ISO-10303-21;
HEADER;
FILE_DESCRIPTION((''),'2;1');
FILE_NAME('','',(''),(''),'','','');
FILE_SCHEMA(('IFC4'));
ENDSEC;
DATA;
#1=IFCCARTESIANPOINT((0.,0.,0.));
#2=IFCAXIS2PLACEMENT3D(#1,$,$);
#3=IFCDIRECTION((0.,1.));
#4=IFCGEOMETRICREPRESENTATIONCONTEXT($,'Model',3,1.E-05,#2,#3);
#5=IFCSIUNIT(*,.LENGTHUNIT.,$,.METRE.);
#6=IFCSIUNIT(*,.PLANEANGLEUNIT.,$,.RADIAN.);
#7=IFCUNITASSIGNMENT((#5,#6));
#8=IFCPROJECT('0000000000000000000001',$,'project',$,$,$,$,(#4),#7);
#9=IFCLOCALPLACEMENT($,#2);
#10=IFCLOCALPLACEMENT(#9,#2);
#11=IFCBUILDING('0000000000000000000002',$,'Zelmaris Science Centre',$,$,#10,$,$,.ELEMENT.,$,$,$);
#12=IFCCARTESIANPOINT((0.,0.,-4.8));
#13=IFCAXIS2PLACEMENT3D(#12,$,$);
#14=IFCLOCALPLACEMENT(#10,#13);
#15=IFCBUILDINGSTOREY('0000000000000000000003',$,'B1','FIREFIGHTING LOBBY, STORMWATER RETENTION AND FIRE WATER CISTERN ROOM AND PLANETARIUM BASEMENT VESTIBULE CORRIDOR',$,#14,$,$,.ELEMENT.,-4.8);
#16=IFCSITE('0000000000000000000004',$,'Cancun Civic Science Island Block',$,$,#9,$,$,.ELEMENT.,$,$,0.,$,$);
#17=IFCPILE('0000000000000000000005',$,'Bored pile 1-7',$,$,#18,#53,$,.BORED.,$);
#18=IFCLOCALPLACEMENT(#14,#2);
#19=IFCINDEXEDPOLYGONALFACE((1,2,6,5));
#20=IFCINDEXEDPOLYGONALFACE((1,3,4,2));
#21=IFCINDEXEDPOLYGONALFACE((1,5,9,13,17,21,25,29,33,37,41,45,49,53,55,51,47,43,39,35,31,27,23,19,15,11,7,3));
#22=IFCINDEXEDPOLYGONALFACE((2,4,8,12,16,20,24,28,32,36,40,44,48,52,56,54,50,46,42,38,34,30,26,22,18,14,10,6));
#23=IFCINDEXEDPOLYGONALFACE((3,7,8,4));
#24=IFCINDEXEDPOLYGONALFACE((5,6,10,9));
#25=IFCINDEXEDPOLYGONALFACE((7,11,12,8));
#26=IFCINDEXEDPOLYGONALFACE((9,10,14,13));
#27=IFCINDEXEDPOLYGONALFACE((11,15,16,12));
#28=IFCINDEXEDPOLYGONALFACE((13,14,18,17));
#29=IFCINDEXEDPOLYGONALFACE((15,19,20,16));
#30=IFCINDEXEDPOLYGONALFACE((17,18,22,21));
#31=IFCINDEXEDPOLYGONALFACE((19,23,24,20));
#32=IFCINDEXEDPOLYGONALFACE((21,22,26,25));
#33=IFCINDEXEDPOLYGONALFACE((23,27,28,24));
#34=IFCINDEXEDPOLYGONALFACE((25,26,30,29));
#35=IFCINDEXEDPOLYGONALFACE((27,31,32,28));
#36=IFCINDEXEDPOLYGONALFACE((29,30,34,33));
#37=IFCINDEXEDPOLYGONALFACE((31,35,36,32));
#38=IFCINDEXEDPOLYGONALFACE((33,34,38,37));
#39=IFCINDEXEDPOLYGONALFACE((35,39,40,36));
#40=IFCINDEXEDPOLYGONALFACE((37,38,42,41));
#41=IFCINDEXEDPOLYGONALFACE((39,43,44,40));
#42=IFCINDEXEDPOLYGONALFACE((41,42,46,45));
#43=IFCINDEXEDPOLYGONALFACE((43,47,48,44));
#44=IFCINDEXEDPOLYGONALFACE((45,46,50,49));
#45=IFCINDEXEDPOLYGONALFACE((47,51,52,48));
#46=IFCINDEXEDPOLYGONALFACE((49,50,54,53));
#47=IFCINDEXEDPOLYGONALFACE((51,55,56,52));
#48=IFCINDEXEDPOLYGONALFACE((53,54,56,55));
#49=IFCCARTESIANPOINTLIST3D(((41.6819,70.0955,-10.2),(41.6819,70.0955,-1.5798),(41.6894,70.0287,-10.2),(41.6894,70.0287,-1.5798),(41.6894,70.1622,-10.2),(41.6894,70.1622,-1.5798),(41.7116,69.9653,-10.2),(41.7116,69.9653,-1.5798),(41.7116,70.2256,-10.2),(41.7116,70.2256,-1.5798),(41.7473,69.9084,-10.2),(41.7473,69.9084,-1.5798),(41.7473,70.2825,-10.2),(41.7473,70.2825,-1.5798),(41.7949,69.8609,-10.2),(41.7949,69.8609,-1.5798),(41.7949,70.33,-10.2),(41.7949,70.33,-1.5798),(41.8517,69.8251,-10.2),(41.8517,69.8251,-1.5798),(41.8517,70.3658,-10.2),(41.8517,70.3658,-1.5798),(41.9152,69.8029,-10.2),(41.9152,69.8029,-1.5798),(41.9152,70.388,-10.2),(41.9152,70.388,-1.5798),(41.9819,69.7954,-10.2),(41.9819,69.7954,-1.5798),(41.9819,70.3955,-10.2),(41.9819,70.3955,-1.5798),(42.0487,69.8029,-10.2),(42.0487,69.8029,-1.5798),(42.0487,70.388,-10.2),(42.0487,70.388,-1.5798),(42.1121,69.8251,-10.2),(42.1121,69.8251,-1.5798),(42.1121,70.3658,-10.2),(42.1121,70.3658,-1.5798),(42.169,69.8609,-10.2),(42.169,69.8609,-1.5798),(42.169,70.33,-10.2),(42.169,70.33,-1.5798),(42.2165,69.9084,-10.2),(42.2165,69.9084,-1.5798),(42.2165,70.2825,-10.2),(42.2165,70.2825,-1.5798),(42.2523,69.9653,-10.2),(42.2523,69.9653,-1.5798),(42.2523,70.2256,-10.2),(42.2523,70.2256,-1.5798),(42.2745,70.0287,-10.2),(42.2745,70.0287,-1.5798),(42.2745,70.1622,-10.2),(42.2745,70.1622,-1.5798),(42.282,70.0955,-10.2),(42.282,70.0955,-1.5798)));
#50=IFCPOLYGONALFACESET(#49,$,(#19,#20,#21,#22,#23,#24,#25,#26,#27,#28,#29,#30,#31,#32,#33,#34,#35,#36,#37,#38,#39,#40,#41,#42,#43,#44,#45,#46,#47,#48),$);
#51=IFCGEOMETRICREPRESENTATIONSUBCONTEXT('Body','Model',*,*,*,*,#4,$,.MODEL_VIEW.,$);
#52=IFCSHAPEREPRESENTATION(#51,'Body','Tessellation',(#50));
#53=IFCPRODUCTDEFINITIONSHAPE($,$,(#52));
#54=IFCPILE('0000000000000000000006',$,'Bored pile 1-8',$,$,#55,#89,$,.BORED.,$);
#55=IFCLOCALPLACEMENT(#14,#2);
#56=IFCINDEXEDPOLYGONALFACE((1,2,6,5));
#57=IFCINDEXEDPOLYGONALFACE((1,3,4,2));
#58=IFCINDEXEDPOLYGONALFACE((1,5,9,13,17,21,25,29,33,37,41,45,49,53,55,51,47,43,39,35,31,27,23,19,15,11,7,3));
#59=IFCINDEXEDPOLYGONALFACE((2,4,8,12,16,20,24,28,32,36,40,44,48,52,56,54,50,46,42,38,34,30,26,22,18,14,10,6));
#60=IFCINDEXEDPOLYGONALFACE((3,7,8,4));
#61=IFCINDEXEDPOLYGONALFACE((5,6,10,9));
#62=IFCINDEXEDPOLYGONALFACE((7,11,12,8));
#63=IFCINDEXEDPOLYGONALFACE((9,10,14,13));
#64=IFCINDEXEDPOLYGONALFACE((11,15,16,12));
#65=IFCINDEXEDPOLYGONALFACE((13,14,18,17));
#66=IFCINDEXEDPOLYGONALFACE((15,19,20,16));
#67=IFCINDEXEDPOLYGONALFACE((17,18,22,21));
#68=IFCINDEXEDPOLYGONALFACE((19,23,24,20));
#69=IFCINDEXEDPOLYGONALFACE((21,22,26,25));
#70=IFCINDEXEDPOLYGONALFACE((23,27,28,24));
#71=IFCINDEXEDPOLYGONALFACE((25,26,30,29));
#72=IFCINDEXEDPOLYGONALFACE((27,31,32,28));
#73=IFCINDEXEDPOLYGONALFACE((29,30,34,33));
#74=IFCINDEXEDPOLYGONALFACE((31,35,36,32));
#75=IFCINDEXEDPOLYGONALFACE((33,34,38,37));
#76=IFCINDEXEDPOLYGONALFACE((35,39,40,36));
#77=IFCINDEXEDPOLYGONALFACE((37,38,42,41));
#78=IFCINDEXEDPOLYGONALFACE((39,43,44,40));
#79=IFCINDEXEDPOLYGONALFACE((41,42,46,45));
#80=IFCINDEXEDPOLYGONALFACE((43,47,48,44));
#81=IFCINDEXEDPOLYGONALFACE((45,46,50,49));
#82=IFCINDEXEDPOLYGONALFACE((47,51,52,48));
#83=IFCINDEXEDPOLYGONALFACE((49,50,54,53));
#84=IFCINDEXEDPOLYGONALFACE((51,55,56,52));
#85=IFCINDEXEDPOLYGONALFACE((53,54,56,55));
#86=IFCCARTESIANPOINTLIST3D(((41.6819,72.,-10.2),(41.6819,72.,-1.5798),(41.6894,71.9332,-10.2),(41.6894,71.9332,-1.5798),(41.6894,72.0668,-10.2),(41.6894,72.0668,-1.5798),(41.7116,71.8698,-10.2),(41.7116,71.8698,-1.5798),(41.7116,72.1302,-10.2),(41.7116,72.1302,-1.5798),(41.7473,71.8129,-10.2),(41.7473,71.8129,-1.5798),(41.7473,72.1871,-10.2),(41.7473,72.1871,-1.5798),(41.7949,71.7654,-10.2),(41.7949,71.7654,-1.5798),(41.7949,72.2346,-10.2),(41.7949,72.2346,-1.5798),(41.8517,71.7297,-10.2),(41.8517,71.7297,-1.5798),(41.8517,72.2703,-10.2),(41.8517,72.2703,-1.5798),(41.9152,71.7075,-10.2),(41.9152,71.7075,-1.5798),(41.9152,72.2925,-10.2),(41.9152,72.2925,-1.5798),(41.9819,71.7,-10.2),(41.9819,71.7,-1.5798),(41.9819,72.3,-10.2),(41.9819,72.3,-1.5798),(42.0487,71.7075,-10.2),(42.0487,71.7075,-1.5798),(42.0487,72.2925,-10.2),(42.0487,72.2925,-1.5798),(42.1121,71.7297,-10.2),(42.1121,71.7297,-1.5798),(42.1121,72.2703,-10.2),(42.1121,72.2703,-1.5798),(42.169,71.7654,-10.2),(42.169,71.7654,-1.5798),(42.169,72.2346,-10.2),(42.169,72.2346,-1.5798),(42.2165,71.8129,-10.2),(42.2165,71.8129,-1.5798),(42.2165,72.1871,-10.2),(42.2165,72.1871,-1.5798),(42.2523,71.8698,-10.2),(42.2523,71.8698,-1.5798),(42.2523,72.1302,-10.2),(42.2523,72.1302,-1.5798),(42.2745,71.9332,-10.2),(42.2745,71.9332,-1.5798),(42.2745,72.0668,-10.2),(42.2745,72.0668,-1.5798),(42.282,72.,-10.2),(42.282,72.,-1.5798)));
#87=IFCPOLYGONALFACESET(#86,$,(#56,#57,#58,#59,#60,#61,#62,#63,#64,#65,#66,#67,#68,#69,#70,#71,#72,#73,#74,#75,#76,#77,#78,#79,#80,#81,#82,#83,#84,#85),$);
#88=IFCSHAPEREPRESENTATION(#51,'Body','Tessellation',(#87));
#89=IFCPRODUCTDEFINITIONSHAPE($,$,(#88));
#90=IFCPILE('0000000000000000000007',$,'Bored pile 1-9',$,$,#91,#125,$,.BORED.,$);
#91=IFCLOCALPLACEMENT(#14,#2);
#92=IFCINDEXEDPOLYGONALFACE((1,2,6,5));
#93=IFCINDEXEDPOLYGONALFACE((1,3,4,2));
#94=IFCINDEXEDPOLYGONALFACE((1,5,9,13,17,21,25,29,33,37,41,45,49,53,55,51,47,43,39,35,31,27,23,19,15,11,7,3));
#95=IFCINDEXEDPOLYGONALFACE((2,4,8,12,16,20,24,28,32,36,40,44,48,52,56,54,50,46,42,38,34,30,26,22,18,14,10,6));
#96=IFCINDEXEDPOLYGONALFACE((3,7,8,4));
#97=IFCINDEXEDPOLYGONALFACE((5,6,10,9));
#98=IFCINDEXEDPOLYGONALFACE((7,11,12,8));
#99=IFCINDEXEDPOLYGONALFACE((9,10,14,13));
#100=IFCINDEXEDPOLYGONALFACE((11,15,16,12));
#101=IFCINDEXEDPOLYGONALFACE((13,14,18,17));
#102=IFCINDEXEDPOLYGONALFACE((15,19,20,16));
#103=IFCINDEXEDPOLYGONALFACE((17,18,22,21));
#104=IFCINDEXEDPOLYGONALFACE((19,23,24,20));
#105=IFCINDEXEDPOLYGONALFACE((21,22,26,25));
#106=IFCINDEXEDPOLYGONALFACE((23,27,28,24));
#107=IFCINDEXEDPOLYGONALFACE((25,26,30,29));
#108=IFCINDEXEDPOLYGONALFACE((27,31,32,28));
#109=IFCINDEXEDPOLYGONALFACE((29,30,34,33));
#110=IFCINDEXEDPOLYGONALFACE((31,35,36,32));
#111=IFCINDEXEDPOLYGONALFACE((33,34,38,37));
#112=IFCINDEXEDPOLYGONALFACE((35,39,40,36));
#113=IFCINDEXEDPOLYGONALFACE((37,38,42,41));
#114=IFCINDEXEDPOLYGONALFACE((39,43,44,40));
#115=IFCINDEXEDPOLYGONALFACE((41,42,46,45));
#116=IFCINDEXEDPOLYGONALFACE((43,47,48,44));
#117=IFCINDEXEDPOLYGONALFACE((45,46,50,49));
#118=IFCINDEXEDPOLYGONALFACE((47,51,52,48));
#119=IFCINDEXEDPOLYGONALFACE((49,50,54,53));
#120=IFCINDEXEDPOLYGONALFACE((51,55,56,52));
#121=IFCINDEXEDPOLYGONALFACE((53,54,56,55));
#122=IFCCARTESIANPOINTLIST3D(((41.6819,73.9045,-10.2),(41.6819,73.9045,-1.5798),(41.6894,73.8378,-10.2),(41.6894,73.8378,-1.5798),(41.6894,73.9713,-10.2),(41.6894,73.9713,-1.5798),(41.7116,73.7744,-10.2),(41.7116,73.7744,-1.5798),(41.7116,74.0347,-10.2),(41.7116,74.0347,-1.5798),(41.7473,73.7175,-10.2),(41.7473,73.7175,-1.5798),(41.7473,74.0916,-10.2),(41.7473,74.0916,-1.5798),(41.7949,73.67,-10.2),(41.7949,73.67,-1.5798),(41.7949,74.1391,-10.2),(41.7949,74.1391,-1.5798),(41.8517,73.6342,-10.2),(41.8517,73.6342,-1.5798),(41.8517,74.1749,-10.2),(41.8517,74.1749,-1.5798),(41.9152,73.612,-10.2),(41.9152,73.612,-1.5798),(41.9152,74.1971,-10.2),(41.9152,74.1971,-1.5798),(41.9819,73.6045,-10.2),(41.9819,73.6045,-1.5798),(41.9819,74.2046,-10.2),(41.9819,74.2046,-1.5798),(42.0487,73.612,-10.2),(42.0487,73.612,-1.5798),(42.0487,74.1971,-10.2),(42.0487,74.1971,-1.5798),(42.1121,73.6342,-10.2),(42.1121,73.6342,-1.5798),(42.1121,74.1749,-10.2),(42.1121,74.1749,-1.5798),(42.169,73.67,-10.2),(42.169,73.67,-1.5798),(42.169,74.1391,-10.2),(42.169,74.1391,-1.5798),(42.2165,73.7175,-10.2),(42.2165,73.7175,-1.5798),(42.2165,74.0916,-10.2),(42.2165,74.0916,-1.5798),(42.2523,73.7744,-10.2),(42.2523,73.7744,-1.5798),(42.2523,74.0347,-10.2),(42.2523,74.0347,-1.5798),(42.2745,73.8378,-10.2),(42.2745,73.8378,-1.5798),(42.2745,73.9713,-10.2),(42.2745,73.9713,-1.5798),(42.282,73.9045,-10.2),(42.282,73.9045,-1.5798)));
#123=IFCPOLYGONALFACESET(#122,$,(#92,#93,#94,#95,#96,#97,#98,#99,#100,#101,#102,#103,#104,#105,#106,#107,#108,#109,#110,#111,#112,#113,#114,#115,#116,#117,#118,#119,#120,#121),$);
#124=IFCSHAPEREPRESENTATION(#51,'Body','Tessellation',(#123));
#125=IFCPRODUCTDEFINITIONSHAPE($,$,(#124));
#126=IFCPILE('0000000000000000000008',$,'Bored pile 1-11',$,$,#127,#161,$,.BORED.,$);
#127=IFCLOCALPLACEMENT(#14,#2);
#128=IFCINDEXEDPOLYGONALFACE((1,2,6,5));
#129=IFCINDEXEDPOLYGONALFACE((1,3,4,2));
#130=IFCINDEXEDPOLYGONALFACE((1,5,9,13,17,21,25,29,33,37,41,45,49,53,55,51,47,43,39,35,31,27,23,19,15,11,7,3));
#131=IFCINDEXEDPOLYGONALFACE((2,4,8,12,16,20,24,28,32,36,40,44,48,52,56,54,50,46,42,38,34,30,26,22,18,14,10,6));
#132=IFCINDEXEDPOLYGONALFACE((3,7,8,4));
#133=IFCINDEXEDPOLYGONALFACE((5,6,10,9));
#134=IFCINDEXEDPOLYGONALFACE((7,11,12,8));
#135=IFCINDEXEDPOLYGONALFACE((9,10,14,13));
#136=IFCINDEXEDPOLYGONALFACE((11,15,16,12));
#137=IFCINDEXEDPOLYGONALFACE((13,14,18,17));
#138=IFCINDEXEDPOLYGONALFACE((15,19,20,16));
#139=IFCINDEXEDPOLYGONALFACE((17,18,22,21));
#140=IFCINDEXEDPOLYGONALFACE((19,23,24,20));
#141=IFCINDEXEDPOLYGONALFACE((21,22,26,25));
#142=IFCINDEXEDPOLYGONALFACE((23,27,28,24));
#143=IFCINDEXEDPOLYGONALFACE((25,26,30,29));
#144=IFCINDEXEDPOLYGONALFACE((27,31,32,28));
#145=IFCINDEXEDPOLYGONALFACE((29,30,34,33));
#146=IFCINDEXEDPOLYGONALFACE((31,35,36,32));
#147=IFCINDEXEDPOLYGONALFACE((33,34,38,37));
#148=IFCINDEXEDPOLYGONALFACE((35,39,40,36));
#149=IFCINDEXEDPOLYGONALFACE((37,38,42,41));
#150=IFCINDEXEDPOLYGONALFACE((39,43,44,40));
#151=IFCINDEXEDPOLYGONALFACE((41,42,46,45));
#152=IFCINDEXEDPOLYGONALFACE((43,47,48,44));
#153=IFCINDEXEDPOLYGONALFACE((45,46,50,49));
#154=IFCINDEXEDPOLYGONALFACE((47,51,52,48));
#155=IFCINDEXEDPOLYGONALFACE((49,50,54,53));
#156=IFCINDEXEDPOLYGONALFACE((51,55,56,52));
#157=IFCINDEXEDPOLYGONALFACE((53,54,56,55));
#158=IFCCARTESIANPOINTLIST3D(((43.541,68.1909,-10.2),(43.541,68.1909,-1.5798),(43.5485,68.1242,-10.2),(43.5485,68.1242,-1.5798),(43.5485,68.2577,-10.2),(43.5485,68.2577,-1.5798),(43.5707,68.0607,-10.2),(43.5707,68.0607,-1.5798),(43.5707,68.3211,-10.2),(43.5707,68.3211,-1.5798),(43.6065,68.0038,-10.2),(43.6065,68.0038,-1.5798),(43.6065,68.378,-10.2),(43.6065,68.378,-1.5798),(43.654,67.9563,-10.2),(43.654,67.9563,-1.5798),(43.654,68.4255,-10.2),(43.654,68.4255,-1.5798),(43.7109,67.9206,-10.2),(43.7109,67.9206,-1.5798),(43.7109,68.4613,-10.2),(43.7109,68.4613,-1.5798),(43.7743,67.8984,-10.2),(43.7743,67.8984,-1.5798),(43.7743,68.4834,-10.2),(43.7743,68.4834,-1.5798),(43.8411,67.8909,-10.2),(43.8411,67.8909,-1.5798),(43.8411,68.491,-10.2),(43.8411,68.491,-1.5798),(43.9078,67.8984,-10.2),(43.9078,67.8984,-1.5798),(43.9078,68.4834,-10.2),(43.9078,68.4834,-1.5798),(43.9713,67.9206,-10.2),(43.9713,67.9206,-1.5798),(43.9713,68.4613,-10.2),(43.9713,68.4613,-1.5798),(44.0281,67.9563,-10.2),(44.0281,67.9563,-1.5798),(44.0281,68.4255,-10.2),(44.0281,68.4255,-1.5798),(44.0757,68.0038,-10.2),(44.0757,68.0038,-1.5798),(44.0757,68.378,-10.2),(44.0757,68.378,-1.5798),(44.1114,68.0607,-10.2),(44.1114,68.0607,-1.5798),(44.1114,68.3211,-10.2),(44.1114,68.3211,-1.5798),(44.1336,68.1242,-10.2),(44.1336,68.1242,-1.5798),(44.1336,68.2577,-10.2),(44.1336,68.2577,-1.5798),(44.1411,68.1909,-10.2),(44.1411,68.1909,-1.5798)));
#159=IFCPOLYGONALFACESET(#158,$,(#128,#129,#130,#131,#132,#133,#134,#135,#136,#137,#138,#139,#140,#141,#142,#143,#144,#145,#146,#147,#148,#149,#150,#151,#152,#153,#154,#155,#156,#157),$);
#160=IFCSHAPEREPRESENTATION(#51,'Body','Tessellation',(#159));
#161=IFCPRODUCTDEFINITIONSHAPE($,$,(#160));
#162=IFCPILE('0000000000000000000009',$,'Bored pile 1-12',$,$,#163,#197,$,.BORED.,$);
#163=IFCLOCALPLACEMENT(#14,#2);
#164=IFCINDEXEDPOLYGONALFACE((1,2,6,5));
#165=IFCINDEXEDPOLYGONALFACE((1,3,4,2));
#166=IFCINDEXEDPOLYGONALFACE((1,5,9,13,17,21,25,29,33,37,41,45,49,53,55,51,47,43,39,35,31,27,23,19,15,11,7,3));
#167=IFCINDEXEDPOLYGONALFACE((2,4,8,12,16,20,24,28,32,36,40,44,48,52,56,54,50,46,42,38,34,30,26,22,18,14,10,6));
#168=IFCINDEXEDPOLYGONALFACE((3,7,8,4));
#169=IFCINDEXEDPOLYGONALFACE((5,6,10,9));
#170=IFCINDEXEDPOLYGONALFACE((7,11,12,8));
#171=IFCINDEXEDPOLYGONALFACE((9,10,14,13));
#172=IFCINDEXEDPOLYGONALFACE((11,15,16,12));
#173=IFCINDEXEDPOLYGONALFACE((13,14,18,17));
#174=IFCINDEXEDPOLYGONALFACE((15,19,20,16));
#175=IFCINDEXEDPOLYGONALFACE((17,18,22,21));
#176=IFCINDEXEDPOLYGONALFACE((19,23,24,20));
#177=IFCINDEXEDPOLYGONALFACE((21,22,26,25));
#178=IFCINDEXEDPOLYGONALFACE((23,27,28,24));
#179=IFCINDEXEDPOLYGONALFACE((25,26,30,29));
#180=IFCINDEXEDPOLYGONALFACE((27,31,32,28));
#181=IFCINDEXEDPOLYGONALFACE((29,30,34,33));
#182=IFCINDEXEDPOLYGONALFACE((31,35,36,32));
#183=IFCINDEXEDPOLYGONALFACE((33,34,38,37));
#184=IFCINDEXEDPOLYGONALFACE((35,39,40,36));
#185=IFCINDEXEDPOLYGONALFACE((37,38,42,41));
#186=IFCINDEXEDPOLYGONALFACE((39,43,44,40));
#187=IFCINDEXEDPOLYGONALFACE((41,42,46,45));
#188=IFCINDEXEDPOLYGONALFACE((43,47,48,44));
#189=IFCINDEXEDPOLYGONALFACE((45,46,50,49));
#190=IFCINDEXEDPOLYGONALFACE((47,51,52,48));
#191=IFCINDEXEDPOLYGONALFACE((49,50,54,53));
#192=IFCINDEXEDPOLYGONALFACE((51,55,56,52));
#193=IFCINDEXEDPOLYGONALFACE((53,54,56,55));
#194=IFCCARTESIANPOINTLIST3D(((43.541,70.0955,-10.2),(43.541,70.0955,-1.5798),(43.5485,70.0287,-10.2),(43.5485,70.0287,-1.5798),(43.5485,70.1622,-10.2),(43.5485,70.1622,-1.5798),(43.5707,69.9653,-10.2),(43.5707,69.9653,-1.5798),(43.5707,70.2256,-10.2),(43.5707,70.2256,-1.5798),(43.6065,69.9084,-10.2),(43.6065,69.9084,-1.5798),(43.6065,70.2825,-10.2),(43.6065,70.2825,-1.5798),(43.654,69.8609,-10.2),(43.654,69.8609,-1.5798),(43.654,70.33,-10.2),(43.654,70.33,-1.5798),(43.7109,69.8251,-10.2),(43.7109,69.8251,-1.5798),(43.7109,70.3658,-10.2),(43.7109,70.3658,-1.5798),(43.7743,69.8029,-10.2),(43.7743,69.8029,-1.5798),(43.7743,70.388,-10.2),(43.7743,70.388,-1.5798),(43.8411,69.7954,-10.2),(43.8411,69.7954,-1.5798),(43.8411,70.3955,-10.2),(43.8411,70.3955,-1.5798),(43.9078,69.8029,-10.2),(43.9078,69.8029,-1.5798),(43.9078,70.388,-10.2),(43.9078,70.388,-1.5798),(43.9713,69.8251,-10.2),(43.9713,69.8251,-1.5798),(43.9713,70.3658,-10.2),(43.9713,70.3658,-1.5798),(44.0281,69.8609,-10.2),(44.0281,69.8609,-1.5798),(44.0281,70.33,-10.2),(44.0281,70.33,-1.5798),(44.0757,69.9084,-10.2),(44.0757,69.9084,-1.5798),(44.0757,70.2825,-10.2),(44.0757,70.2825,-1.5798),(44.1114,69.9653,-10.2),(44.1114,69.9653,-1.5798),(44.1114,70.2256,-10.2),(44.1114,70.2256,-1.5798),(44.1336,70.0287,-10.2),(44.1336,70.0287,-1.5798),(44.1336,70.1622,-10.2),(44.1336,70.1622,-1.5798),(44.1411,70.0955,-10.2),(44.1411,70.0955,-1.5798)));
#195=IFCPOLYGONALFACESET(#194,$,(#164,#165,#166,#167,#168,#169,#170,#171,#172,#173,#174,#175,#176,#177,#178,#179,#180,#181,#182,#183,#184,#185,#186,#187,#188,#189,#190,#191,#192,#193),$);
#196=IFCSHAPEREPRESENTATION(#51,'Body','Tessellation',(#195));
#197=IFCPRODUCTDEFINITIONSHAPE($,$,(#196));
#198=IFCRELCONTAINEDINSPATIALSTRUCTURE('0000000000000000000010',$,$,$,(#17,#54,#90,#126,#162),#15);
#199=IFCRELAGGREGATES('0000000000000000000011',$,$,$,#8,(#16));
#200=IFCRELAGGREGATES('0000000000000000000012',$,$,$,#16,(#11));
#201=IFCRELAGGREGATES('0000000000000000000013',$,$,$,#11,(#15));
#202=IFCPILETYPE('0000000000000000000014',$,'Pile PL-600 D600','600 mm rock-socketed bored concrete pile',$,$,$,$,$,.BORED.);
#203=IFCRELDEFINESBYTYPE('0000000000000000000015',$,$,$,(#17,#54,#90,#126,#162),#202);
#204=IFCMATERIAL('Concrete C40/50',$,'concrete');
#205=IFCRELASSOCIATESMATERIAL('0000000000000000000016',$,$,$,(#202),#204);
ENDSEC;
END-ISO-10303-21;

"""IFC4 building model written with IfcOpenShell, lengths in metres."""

from ifc_helpers import new_model, si_unit, direction, frame, origin, origin_2d, place, context, subcontext, project, spatial, circle, extrude, material, material_profile, profile_set, type_object, element, save


model = new_model("IFC4")

# Units and contexts
model_context = context("Model", 3, precision=1e-05, world=origin(), true_north=direction((0.0, 1.0)))
body_context = subcontext(model_context, "Body", "Model", "MODEL_VIEW")
ifc_project = project(units=[si_unit("LENGTHUNIT", "METRE"), si_unit("PLANEANGLEUNIT", "RADIAN")], contexts=[model_context])

# Site, building, storey
site_placement = place(None, origin())
site = spatial("IfcSite", under=ifc_project, at=site_placement, Name="Cancun Civic Science Island Block", CompositionType="ELEMENT", RefElevation=0.0)
building_placement = place(site_placement, origin())
building = spatial("IfcBuilding", under=site, at=building_placement, Name="Zelmaris Science Centre", CompositionType="ELEMENT")
storey_placement = place(building_placement, frame((0.0, 0.0, -4.8)))
storey = spatial("IfcBuildingStorey", under=building, at=storey_placement, Name="B1", Description="FIREFIGHTING LOBBY, STORMWATER RETENTION AND FIRE WATER CISTERN ROOM AND PLANETARIUM BASEMENT VESTIBULE CORRIDOR", CompositionType="ELEMENT", Elevation=-4.8)

# Shared definitions
ifc_material_1 = material(Name="Concrete C40/50", Category="concrete")

# Piles
ifc_material_profile_1 = material_profile(ifc_material_1, circle(Radius=0.3, at=origin_2d()), Name="PILE-600")
ifc_profile_set_1 = profile_set([ifc_material_profile_1], Name="Concrete C40/50")
pile_type_1 = type_object("IfcPileType", Name="Pile PL-600 D600", Description="600 mm rock-socketed bored concrete pile", PredefinedType="BORED", material=ifc_profile_set_1)
for number, where, z_axis, x_axis, name in (
    (1, (41.9819, 70.0955, -1.5798), (0.0, 0.0, -1.0), (1.0, 0.0, 0.0), "Bored pile 1-7"),
    (2, (41.9819, 72.0, -1.5798), (0.0, 0.0, -1.0), (1.0, 0.0, 0.0), "Bored pile 1-8"),
    (3, (41.9819, 73.9045, -1.5798), (0.0, 0.0, -1.0), (1.0, 0.0, 0.0), "Bored pile 1-9"),
    (4, (43.8411, 68.1909, -1.5798), (0.0, 0.0, -1.0), (1.0, 0.0, 0.0), "Bored pile 1-11"),
    (5, (43.8411, 70.0955, -1.5798), (0.0, 0.0, -1.0), (1.0, 0.0, 0.0), "Bored pile 1-12"),
):
    element("IfcPile", number, at=place(storey_placement, frame(where, z_axis=z_axis, x_axis=x_axis)), inside=storey, type_object=pile_type_1, Name=name, PredefinedType="BORED", context=body_context, shape_type="SweptSolid", body=[
        extrude(circle(Radius=0.3, at=origin_2d()), origin(), (0.0, 0.0, 1.0), 8.6201),
    ])

save(model, "model.ifc")
